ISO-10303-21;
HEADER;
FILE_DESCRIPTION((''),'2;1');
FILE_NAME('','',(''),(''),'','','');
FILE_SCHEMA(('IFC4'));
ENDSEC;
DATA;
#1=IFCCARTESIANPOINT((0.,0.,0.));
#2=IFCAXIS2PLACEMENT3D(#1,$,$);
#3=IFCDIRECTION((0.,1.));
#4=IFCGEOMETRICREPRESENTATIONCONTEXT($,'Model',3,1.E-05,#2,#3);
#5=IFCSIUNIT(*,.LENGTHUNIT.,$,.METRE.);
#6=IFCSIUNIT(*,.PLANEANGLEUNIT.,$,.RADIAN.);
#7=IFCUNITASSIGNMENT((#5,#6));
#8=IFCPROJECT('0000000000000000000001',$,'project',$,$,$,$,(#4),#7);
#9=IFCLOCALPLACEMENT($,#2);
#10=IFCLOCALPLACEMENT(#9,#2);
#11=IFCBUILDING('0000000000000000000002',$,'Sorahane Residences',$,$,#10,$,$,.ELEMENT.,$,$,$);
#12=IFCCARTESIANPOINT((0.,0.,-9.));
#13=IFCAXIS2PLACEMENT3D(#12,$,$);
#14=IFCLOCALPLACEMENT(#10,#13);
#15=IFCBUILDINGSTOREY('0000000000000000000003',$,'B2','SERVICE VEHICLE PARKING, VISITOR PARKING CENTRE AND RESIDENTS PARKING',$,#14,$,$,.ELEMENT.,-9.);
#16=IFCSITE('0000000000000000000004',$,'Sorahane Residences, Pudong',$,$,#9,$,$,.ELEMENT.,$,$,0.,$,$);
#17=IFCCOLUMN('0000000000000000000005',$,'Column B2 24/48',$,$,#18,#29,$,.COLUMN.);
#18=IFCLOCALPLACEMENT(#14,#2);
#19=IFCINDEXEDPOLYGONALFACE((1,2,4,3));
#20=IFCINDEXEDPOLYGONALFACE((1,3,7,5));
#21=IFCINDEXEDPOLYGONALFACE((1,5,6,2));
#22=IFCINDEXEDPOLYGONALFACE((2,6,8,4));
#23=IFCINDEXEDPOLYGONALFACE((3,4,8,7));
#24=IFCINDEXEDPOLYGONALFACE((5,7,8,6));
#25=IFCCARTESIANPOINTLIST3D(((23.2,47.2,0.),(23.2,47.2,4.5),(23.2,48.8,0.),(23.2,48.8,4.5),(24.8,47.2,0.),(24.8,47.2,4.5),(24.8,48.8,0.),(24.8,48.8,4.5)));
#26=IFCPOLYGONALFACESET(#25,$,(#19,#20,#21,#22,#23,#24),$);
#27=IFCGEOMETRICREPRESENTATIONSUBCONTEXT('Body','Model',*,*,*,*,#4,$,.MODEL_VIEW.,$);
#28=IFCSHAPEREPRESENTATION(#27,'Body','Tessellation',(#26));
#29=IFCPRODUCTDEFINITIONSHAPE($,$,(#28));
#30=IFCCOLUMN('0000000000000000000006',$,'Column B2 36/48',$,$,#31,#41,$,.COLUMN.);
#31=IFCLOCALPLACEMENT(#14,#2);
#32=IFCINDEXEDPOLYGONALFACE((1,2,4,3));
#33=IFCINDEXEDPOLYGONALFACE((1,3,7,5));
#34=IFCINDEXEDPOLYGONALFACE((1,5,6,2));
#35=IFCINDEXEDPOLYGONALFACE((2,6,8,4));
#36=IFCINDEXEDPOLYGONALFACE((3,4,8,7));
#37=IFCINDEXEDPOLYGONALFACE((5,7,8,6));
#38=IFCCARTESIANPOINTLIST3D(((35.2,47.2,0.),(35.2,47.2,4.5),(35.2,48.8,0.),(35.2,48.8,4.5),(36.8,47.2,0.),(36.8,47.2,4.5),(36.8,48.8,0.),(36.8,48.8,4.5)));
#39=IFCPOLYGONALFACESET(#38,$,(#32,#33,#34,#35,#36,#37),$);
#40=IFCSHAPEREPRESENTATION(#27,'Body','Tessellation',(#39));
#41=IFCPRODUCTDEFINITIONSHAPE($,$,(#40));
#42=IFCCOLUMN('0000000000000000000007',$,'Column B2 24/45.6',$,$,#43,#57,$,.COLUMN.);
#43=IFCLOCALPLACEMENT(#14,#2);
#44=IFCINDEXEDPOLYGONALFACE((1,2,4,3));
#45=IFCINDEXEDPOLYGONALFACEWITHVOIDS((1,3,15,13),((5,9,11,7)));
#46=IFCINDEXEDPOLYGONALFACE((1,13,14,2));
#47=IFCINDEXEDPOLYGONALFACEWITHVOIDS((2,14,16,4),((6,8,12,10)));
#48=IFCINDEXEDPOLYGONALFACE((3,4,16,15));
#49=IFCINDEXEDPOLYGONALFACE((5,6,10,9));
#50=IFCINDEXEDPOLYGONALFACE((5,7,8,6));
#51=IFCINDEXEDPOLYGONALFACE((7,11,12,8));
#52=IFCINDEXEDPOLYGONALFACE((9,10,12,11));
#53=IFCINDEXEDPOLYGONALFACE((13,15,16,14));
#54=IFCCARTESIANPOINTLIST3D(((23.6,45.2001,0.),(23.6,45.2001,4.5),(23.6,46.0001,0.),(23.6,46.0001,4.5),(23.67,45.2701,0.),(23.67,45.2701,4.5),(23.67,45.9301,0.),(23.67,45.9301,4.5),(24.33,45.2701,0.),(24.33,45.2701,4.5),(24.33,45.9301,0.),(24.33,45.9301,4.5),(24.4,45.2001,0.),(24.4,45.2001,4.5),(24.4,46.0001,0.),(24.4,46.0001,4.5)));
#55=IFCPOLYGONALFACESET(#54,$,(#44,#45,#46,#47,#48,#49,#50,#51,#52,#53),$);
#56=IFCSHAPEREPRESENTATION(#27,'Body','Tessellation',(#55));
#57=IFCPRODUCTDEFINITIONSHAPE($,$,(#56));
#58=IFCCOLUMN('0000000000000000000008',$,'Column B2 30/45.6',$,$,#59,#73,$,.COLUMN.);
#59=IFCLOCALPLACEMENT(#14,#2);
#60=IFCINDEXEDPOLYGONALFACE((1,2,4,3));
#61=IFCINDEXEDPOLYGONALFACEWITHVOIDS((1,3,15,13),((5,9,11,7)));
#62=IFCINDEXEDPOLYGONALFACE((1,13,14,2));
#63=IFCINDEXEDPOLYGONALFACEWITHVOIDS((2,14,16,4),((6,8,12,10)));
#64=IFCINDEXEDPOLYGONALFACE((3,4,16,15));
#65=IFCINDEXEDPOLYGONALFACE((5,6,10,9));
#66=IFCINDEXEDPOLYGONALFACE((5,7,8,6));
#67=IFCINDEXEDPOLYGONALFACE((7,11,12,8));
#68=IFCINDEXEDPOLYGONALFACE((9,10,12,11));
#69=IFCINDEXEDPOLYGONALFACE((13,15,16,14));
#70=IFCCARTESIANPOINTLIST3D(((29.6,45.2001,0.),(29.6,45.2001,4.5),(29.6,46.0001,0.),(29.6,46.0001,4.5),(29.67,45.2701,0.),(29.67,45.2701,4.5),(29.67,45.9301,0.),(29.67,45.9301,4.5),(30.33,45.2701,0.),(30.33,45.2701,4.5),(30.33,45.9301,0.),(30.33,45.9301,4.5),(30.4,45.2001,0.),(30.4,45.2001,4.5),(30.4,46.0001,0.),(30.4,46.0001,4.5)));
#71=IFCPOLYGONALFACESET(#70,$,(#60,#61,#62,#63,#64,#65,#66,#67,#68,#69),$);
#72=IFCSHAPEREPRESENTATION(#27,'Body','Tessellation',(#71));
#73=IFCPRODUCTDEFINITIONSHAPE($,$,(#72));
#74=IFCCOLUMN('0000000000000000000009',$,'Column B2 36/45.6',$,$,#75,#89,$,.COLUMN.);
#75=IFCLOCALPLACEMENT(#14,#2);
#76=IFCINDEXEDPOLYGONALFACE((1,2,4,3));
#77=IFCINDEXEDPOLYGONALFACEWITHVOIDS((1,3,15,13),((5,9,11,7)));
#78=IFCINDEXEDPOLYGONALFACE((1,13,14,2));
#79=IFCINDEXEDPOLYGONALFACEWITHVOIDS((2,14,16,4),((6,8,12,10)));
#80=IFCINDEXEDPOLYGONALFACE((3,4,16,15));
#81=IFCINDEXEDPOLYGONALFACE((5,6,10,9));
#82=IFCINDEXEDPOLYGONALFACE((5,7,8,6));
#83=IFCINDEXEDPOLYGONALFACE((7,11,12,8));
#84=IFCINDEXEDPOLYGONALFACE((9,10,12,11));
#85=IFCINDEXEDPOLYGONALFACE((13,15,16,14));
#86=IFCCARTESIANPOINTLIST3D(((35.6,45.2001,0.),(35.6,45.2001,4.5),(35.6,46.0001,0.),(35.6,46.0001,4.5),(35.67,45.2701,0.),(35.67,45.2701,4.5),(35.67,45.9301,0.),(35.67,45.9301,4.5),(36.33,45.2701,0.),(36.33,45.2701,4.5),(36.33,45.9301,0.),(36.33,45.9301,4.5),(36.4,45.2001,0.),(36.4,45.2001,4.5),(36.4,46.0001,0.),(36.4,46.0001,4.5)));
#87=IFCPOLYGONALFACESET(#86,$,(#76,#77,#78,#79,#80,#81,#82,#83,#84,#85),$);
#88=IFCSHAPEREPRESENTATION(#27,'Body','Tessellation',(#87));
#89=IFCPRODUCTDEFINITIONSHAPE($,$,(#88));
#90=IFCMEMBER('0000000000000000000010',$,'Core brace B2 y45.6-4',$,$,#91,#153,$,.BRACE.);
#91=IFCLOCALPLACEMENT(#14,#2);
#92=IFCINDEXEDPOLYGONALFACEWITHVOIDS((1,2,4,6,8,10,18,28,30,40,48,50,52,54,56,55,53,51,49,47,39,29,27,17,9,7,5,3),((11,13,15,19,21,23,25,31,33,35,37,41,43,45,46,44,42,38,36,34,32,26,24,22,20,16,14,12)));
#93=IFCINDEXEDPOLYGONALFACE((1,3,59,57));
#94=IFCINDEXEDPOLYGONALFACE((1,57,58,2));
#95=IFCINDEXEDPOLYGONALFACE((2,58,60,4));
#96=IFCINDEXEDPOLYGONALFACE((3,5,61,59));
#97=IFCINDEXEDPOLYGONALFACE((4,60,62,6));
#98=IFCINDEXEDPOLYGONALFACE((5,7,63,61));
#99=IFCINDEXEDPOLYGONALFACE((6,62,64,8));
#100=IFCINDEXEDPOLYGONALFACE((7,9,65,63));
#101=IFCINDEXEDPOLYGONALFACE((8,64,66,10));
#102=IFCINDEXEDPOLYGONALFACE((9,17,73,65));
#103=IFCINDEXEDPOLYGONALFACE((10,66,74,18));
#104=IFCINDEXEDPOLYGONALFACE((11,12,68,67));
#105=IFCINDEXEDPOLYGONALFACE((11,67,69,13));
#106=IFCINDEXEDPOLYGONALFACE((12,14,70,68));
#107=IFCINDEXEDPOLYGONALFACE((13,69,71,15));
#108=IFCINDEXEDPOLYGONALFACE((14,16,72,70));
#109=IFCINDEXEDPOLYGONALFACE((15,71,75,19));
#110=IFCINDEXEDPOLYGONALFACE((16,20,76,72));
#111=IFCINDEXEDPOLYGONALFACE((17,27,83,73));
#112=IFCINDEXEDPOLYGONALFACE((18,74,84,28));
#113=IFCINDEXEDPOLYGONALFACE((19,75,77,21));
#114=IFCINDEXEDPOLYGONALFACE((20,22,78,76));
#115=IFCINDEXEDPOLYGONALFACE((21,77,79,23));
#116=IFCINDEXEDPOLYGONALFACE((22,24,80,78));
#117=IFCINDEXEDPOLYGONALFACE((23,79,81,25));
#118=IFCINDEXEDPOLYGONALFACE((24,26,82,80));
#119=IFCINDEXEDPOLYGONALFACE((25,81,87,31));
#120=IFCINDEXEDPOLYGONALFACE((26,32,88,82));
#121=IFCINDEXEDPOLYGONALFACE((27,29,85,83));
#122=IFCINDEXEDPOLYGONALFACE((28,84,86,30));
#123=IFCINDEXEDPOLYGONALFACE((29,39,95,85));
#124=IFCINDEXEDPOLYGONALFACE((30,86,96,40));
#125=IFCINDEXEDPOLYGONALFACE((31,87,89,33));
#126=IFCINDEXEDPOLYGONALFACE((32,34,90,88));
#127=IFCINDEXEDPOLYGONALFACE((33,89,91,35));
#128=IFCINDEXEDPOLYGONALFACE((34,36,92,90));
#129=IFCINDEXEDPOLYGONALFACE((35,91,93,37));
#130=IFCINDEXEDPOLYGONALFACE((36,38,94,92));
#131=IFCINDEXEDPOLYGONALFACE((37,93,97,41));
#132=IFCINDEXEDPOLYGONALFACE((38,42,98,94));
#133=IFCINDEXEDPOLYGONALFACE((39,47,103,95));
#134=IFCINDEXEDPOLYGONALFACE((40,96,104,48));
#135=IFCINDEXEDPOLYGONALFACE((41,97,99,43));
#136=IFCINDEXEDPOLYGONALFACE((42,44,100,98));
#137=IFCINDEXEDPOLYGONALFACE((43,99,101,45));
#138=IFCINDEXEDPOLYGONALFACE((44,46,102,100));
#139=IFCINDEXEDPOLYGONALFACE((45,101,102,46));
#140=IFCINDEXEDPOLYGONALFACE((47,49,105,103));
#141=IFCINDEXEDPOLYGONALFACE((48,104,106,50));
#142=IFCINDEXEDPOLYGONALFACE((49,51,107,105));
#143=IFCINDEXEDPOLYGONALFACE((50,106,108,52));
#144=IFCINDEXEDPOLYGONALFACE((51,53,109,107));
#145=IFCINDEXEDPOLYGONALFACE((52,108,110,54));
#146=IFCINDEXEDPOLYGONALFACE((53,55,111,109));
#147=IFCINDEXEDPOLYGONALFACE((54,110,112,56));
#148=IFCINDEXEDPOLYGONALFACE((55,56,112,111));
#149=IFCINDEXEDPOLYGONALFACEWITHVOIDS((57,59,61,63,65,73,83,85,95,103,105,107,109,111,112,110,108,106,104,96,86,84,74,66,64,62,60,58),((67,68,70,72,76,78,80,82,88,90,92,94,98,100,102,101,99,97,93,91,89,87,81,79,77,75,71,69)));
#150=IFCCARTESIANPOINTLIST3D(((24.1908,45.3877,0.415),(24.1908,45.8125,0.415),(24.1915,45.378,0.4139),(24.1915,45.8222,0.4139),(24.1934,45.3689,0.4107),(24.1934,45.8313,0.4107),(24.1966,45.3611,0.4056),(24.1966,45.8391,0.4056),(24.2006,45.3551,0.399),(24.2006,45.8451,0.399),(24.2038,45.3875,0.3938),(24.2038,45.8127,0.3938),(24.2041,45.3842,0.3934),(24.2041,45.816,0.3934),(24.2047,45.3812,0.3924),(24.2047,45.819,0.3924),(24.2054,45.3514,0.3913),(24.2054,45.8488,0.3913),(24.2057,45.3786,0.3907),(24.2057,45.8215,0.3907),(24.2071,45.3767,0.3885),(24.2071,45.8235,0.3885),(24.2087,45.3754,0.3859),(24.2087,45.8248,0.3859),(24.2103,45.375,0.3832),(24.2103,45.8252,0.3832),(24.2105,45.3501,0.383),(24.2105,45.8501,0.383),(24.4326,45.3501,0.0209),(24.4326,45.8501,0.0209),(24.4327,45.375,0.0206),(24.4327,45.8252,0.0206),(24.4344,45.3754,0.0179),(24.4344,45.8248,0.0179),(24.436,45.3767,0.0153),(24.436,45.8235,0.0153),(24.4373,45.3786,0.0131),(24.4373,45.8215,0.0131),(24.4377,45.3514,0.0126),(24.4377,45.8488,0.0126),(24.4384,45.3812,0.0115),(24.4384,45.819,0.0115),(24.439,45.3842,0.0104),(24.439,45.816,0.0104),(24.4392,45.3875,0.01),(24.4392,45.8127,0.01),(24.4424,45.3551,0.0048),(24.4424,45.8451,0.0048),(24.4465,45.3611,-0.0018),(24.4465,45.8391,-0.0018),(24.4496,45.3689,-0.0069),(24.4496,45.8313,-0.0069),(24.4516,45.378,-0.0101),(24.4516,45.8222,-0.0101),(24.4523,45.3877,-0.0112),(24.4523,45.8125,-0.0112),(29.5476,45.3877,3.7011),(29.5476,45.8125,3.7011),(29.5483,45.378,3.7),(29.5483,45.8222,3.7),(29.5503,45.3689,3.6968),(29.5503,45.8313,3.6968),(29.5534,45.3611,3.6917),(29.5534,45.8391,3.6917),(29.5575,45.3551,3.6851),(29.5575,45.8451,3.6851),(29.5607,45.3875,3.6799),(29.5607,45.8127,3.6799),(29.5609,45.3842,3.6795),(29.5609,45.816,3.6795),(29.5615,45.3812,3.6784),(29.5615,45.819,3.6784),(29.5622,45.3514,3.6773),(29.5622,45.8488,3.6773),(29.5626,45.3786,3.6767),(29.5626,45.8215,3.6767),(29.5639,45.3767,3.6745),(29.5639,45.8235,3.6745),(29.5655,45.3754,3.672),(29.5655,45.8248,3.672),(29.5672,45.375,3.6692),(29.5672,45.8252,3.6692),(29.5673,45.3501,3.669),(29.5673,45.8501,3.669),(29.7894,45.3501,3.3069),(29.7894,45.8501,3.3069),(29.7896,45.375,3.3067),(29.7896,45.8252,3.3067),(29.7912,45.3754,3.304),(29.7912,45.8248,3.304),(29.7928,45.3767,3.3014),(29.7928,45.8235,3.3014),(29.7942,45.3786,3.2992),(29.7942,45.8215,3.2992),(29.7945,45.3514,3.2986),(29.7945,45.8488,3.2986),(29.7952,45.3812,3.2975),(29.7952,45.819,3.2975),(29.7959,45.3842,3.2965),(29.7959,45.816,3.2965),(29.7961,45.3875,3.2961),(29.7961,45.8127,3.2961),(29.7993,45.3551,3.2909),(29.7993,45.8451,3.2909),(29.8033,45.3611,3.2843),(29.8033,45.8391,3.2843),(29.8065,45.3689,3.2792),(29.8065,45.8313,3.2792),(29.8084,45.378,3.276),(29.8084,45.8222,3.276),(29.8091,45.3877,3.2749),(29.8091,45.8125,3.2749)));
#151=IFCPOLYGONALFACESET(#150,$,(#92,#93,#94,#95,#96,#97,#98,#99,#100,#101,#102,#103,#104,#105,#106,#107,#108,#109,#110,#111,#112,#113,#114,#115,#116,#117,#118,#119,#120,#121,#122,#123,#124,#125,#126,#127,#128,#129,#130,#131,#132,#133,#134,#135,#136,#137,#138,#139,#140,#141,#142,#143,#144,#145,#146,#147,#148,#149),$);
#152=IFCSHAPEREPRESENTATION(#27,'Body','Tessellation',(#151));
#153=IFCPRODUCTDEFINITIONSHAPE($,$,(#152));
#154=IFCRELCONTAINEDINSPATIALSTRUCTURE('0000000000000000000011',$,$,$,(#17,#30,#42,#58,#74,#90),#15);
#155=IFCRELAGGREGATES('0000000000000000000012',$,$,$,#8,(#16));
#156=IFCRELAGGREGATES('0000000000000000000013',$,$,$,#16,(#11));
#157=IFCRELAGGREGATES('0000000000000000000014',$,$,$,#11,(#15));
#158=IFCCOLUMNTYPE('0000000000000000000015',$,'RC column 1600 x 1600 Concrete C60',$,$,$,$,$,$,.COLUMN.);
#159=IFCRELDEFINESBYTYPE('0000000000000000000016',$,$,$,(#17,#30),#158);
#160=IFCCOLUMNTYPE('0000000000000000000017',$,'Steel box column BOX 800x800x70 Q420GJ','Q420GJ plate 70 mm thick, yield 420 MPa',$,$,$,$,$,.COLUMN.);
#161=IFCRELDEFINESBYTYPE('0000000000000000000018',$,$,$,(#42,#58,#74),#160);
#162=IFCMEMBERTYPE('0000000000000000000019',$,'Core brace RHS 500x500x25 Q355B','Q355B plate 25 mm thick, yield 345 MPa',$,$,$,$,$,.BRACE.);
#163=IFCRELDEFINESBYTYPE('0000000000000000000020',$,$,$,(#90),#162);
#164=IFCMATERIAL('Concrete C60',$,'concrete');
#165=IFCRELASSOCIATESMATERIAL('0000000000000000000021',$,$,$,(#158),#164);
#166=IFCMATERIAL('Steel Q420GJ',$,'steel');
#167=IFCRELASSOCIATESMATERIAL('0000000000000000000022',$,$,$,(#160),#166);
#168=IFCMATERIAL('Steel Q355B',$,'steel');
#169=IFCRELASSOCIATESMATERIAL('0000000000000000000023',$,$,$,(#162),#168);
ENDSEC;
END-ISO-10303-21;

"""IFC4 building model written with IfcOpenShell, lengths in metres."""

from ifc_helpers import new_model, si_unit, direction, frame, origin, origin_2d, place, context, subcontext, project, spatial, rectangle, hollow_rectangle, extrude, material, material_profile, profile_set, type_object, element, save


model = new_model("IFC4")

# Units and contexts
model_context = context("Model", 3, precision=1e-05, world=origin(), true_north=direction((0.0, 1.0)))
body_context = subcontext(model_context, "Body", "Model", "MODEL_VIEW")
ifc_project = project(units=[si_unit("LENGTHUNIT", "METRE"), si_unit("PLANEANGLEUNIT", "RADIAN")], contexts=[model_context])

# Site, building, storey
site_placement = place(None, origin())
site = spatial("IfcSite", under=ifc_project, at=site_placement, Name="Sorahane Residences, Pudong", CompositionType="ELEMENT", RefElevation=0.0)
building_placement = place(site_placement, origin())
building = spatial("IfcBuilding", under=site, at=building_placement, Name="Sorahane Residences", CompositionType="ELEMENT")
storey_placement = place(building_placement, frame((0.0, 0.0, -9.0)))
storey = spatial("IfcBuildingStorey", under=building, at=storey_placement, Name="B2", Description="SERVICE VEHICLE PARKING, VISITOR PARKING CENTRE AND RESIDENTS PARKING", CompositionType="ELEMENT", Elevation=-9.0)

# Columns
ifc_material_1 = material(Name="Concrete C60", Category="concrete")
ifc_material_profile_1 = material_profile(ifc_material_1, rectangle(XDim=1.6001, YDim=1.6001, at=origin_2d()), Name="1600x1600")
ifc_profile_set_1 = profile_set([ifc_material_profile_1], Name="Concrete C60")
column_type_1 = type_object("IfcColumnType", Name="RC column 1600 x 1600 Concrete C60", PredefinedType="COLUMN", material=ifc_profile_set_1)
for number, where, z_axis, x_axis, name in (
    (1, (24.0, 48.0, 0.0), (0.0, 0.0, 1.0), (1.0, 0.0, 0.0), "Column B2 24/48"),
    (2, (36.0, 48.0, 0.0), (0.0, 0.0, 1.0), (1.0, 0.0, 0.0), "Column B2 36/48"),
):
    element("IfcColumn", number, at=place(storey_placement, frame(where, z_axis=z_axis, x_axis=x_axis)), inside=storey, type_object=column_type_1, Name=name, PredefinedType="COLUMN", context=body_context, shape_type="SweptSolid", body=[
        extrude(rectangle(XDim=1.6001, YDim=1.6001, at=origin_2d()), origin(), (0.0, 0.0, 1.0), 4.5),
    ])
ifc_material_2 = material(Name="Steel Q420GJ", Category="steel")
ifc_material_profile_2 = material_profile(ifc_material_2, hollow_rectangle(XDim=0.8, YDim=0.8, WallThickness=0.0701, at=origin_2d()), Name="BOX 800x800x70")
ifc_profile_set_2 = profile_set([ifc_material_profile_2], Name="Steel Q420GJ")
column_type_2 = type_object("IfcColumnType", Name="Steel box column BOX 800x800x70 Q420GJ", Description="Q420GJ plate 70 mm thick, yield 420 MPa", PredefinedType="COLUMN", material=ifc_profile_set_2)
for number, where, z_axis, x_axis, name in (
    (3, (24.0, 45.6001, 0.0), (0.0, 0.0, 1.0), (1.0, 0.0, 0.0), "Column B2 24/45.6"),
    (4, (30.0, 45.6001, 0.0), (0.0, 0.0, 1.0), (1.0, 0.0, 0.0), "Column B2 30/45.6"),
    (5, (36.0, 45.6001, 0.0), (0.0, 0.0, 1.0), (1.0, 0.0, 0.0), "Column B2 36/45.6"),
):
    element("IfcColumn", number, at=place(storey_placement, frame(where, z_axis=z_axis, x_axis=x_axis)), inside=storey, type_object=column_type_2, Name=name, PredefinedType="COLUMN", context=body_context, shape_type="SweptSolid", body=[
        extrude(hollow_rectangle(XDim=0.8, YDim=0.8, WallThickness=0.0701, at=origin_2d()), origin(), (0.0, 0.0, 1.0), 4.5),
    ])

# Member
ifc_material_3 = material(Name="Steel Q355B", Category="steel")
ifc_material_profile_3 = material_profile(ifc_material_3, hollow_rectangle(XDim=0.5, YDim=0.5, WallThickness=0.0249, InnerFilletRadius=0.0125, OuterFilletRadius=0.0376, at=origin_2d()), Name="RHS 500x500x25")
ifc_profile_set_3 = profile_set([ifc_material_profile_3], Name="Steel Q355B")
member_type = type_object("IfcMemberType", Name="Core brace RHS 500x500x25 Q355B", Description="Q355B plate 25 mm thick, yield 345 MPa", PredefinedType="BRACE", material=ifc_profile_set_3)
for number, where, z_axis, x_axis, name in (
    (6, (24.3215, 45.6001, 0.2019), (0.852399, 0.0, 0.522892), (0.0, 1.0, 0.0), "Core brace B2 y45.6-4"),
):
    element("IfcMember", number, at=place(storey_placement, frame(where, z_axis=z_axis, x_axis=x_axis)), inside=storey, type_object=member_type, Name=name, PredefinedType="BRACE", context=body_context, shape_type="SweptSolid", body=[
        extrude(hollow_rectangle(XDim=0.5, YDim=0.5, WallThickness=0.0249, InnerFilletRadius=0.0125, OuterFilletRadius=0.0376, at=origin_2d()), origin(), (0.0, 0.0, 1.0), 6.2844),
    ])

save(model, "model.ifc")
